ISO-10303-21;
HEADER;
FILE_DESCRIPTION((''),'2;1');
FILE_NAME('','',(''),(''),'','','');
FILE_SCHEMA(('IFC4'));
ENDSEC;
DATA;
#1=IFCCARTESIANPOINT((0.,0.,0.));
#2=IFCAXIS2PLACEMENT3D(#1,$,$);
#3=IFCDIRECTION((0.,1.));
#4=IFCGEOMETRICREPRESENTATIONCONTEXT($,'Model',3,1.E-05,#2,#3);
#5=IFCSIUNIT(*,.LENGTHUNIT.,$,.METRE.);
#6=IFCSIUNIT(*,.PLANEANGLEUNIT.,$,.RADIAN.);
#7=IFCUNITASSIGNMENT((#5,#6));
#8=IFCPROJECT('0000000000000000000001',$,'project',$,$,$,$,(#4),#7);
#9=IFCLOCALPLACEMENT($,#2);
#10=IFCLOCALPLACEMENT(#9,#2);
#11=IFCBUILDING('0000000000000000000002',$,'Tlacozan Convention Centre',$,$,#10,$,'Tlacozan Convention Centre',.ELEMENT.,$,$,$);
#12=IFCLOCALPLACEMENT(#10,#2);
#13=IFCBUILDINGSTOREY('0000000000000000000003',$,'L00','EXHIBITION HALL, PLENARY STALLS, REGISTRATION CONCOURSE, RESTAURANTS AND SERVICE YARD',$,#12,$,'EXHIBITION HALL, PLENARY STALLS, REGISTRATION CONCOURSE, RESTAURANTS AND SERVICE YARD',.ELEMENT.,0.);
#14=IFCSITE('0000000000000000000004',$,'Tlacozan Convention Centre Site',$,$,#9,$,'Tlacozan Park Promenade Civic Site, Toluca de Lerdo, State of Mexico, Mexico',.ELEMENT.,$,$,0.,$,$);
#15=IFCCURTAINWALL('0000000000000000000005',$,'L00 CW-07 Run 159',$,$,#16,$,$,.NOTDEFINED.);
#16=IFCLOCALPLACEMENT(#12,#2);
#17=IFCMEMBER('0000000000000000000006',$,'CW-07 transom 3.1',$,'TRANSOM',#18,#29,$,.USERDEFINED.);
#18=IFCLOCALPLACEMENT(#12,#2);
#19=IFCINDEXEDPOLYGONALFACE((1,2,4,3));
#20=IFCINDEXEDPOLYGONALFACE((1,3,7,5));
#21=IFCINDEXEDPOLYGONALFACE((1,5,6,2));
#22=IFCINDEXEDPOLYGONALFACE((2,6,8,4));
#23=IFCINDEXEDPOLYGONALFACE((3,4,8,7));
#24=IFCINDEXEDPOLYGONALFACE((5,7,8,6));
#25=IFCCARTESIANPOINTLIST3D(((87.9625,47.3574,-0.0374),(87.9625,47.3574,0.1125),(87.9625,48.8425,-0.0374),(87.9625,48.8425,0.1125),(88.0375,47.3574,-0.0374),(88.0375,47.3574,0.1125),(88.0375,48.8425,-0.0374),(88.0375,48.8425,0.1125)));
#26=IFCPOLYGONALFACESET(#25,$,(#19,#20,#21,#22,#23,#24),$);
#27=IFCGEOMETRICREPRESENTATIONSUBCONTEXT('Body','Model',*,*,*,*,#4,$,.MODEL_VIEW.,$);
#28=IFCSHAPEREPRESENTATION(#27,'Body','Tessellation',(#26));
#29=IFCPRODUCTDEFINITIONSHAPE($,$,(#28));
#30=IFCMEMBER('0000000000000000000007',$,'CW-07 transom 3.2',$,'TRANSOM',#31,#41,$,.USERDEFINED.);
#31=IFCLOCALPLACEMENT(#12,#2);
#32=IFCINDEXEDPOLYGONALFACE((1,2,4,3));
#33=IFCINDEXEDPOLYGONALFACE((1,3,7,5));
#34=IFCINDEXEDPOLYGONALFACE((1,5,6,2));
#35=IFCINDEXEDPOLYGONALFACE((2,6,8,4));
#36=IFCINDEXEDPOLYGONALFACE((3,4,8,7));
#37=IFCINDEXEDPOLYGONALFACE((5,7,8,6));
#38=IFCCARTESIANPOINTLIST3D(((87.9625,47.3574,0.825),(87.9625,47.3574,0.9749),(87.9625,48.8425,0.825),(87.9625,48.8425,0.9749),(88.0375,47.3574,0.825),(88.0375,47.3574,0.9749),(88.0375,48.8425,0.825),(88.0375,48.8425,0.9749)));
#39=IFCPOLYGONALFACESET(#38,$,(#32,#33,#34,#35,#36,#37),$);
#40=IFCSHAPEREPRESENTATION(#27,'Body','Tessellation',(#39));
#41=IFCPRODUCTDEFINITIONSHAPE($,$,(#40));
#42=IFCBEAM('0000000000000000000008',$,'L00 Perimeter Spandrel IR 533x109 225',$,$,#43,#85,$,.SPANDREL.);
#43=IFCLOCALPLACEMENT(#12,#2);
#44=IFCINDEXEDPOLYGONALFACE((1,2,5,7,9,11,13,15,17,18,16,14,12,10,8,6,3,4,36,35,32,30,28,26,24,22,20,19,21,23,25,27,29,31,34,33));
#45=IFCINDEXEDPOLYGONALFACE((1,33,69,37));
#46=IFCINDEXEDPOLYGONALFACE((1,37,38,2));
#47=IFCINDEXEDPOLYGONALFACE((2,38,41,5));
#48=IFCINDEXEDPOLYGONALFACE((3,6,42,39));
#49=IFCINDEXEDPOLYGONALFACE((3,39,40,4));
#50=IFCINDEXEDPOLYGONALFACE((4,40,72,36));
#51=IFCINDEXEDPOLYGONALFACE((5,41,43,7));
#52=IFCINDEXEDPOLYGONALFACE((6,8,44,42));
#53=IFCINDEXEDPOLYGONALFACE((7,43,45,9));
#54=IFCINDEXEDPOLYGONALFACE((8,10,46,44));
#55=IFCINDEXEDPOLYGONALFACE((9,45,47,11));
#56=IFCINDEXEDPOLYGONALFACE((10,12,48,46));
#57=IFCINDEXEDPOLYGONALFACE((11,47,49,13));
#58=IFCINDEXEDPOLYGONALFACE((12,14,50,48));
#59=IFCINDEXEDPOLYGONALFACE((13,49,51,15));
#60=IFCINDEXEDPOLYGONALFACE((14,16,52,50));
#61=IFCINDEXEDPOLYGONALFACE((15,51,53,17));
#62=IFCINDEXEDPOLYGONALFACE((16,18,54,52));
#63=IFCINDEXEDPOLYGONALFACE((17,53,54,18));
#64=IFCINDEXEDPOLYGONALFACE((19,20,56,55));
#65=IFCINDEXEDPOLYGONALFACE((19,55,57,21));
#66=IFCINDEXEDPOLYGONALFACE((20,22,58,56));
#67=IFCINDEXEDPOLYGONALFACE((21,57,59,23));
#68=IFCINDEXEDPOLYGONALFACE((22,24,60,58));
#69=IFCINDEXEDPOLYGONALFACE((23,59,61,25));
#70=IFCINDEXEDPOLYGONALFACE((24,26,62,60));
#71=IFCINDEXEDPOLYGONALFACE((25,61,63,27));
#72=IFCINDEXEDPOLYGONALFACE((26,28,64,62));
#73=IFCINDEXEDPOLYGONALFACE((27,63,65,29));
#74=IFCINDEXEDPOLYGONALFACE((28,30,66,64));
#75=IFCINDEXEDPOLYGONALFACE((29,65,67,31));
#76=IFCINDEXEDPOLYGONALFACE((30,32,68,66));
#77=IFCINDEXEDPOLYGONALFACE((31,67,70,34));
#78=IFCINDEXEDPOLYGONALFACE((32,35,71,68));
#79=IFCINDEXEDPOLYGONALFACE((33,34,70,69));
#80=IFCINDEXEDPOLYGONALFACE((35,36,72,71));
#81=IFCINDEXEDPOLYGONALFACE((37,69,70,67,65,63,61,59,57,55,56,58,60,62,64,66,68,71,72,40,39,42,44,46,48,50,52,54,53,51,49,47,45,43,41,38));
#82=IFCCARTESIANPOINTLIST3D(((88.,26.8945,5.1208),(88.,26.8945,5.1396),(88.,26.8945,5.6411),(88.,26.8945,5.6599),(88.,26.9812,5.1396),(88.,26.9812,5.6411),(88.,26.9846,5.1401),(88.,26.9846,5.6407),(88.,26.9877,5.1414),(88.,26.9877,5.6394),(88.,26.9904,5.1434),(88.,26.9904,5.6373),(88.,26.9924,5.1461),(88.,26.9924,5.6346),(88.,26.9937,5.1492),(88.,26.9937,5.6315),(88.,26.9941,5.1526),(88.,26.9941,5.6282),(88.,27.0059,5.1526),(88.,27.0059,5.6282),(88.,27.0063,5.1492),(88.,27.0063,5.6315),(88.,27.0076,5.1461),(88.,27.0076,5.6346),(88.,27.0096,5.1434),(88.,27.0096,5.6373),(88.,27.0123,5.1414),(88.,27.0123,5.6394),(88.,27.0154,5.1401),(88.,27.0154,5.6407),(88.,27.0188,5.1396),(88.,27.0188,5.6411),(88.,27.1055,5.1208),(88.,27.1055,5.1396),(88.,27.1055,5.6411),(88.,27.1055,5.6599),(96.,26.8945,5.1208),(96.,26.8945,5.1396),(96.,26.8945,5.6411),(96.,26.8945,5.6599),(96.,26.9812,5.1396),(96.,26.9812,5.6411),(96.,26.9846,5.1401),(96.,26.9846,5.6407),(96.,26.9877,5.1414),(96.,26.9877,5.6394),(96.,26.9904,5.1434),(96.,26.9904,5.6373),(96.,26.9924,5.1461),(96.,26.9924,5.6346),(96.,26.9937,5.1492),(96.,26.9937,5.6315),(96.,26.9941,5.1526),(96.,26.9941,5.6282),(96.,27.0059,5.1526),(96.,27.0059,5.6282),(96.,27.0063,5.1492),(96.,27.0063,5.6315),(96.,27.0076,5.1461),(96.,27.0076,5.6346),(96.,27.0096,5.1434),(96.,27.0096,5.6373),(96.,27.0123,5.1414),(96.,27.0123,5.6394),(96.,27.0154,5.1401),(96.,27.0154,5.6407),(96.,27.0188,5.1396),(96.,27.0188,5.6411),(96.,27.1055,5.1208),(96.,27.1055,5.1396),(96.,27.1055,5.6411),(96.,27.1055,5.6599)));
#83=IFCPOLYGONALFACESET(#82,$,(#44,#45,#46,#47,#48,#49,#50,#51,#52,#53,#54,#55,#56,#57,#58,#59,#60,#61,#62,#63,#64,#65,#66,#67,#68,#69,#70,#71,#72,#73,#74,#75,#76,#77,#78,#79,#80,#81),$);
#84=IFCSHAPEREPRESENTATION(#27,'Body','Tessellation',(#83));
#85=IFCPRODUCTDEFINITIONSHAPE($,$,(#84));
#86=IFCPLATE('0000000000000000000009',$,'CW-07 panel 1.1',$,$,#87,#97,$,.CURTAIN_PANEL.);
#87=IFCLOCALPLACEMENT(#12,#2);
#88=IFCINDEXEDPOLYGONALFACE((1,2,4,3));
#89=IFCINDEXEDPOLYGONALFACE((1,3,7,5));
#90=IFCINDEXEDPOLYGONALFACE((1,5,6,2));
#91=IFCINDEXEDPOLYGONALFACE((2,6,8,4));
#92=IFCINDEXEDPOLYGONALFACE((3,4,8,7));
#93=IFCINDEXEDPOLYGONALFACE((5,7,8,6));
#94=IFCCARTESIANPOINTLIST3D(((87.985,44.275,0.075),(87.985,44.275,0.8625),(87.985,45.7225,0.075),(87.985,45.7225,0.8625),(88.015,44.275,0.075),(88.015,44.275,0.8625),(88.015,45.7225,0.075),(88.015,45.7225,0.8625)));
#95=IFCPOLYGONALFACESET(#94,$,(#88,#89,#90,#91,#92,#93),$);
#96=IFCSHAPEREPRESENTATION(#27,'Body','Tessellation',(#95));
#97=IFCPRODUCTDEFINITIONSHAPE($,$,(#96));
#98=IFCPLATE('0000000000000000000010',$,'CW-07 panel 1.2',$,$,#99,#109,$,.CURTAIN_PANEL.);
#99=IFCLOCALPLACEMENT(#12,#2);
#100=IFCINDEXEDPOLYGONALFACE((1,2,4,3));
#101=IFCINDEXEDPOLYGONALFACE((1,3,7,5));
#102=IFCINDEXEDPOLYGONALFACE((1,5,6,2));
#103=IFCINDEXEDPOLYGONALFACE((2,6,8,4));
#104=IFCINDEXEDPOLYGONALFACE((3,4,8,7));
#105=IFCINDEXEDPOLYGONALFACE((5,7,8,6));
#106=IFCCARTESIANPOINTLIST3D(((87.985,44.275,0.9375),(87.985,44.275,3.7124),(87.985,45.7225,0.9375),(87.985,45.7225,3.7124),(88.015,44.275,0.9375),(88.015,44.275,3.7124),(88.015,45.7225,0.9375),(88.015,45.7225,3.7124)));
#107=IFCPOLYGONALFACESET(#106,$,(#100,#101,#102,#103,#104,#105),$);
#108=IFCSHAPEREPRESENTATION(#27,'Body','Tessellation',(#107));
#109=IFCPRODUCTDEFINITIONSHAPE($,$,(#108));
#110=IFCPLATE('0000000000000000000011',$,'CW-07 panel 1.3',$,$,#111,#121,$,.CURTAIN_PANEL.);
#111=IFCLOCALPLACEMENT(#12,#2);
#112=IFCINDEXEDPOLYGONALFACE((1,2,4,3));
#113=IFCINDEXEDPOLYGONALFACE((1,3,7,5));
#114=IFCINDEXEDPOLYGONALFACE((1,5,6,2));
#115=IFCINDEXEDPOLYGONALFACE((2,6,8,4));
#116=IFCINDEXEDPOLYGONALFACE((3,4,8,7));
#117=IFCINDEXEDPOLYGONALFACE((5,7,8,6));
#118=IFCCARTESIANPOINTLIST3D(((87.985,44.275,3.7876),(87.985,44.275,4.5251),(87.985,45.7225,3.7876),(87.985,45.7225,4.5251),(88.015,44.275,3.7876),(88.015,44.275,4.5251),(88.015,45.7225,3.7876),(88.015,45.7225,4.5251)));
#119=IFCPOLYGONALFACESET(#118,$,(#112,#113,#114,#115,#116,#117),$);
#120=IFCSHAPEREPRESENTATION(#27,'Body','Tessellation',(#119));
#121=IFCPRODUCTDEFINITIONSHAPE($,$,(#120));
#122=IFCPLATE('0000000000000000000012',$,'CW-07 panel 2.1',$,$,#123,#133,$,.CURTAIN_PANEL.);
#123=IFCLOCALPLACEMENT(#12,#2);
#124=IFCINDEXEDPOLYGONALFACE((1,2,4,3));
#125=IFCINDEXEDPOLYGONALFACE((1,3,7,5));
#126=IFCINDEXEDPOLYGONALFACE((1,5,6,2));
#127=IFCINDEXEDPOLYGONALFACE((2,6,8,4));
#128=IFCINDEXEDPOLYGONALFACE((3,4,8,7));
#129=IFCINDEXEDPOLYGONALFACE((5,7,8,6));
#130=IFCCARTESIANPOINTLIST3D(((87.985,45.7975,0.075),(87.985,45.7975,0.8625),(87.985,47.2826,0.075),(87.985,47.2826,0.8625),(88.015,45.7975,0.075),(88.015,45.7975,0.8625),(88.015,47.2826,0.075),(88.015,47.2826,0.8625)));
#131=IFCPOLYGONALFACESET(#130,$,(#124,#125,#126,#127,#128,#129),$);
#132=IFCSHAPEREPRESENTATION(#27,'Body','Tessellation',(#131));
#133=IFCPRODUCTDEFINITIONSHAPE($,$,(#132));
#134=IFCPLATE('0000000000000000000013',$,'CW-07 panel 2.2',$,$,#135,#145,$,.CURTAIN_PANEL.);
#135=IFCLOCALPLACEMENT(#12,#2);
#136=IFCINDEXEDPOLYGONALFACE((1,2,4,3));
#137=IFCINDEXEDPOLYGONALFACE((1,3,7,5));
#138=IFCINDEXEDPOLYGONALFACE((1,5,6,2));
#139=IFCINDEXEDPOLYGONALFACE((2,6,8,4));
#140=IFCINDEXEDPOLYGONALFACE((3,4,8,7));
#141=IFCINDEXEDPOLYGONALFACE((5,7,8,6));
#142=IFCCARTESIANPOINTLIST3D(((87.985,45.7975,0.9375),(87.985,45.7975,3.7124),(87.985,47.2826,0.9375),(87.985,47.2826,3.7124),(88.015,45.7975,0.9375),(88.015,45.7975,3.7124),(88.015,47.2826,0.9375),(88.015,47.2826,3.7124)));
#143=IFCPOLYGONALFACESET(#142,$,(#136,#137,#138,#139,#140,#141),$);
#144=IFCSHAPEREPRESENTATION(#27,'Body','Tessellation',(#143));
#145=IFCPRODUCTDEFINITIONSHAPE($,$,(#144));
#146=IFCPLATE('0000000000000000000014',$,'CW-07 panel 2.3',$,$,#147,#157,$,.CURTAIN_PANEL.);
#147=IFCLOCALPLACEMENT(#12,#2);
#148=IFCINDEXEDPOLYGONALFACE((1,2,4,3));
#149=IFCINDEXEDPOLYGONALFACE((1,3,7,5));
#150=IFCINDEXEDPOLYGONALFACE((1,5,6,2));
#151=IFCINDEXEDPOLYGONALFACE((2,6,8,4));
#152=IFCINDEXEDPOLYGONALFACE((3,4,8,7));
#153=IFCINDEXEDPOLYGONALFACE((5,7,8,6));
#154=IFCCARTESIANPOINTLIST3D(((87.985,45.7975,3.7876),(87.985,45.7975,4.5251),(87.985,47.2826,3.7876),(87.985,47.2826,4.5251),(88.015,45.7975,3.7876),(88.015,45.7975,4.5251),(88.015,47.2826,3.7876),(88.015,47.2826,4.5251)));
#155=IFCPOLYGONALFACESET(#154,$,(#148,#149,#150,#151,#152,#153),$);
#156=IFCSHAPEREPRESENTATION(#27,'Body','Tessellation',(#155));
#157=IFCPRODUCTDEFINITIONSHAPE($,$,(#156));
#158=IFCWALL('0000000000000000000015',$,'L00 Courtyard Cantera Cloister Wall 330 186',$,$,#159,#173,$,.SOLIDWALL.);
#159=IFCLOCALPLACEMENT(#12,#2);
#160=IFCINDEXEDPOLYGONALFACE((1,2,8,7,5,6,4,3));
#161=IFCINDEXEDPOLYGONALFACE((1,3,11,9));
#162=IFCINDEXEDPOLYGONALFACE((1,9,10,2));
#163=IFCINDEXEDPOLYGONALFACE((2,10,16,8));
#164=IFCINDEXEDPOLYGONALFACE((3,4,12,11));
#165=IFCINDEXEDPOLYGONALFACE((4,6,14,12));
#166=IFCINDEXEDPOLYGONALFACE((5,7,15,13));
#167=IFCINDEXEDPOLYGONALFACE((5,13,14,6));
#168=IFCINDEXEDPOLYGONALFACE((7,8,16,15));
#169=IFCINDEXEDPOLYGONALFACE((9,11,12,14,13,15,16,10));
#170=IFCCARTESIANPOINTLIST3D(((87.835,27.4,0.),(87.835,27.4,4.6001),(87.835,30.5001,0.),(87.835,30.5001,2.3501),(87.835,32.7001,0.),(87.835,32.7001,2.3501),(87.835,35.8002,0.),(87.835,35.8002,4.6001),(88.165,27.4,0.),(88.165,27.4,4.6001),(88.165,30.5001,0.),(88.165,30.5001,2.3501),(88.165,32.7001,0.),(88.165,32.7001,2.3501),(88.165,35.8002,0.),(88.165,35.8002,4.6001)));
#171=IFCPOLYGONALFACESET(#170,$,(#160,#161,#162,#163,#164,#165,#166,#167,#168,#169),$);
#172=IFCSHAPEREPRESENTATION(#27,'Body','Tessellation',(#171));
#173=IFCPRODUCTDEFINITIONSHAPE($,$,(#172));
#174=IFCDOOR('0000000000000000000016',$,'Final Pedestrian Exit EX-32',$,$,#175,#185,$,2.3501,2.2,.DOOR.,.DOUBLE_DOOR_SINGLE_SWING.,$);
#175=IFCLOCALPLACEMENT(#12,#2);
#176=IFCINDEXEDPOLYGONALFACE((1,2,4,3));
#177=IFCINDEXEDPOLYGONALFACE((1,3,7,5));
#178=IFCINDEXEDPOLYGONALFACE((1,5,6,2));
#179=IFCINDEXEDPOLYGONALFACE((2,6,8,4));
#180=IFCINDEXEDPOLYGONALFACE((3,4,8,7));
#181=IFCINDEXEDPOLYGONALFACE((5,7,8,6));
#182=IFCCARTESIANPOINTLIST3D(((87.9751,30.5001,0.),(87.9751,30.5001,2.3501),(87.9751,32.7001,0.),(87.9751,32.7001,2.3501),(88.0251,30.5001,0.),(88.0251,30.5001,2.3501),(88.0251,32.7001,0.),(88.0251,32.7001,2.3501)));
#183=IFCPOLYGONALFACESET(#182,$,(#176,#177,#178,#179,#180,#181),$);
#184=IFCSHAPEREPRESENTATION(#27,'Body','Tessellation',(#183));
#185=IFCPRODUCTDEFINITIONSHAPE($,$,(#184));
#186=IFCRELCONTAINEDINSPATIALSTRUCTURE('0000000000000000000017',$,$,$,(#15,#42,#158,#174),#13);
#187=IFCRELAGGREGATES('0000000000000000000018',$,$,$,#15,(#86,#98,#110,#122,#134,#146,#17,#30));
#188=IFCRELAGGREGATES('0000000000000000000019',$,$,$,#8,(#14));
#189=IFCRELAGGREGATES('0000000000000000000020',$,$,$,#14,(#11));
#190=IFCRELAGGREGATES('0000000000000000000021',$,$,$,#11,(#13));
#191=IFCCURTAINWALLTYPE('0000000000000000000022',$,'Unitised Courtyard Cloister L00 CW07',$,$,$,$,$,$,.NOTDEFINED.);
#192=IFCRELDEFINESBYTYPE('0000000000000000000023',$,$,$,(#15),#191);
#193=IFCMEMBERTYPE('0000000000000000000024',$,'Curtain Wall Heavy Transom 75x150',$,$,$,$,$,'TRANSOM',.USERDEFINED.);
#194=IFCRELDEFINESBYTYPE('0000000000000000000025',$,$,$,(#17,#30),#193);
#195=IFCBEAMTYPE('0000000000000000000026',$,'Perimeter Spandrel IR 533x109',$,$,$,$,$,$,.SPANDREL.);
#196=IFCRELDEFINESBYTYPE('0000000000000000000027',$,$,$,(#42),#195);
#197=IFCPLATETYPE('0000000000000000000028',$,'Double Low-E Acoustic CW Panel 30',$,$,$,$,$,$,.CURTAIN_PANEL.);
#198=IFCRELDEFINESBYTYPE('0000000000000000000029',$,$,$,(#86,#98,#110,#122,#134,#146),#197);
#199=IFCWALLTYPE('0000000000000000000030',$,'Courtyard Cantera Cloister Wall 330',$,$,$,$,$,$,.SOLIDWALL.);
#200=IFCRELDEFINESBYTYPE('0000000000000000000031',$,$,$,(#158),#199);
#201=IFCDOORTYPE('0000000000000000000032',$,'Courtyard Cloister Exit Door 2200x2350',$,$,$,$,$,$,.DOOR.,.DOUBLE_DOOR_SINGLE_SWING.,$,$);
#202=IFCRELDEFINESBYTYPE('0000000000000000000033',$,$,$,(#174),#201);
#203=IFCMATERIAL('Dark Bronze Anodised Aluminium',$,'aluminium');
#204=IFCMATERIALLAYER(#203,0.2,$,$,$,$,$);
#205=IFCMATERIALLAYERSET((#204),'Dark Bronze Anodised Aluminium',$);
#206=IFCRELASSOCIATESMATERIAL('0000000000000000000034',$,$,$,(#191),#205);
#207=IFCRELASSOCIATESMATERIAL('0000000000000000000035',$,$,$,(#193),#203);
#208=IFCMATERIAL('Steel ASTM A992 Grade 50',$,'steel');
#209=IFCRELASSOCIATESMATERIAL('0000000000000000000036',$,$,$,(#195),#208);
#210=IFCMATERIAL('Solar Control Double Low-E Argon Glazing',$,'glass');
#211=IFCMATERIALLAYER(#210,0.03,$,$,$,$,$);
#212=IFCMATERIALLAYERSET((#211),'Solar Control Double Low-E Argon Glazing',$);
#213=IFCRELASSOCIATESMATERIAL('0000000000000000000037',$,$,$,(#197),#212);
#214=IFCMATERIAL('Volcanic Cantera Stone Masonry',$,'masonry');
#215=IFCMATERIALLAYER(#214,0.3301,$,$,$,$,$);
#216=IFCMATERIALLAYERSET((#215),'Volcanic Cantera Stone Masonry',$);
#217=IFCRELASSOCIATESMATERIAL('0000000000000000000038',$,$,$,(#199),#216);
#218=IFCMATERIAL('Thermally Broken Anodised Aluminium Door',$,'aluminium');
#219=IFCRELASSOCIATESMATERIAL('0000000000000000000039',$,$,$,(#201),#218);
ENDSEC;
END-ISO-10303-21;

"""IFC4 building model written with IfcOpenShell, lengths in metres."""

from ifc_helpers import new_model, si_unit, direction, frame, frame_2d, origin, origin_2d, place, context, subcontext, project, spatial, rectangle, i_section, extrude, material, layer, layer_set, material_profile, profile_set, type_object, element, fill, aggregate, save


model = new_model("IFC4")

# Units and contexts
model_context = context("Model", 3, precision=1e-05, world=origin(), true_north=direction((0.0, 1.0)))
body_context = subcontext(model_context, "Body", "Model", "MODEL_VIEW")
ifc_project = project(units=[si_unit("LENGTHUNIT", "METRE"), si_unit("PLANEANGLEUNIT", "RADIAN")], contexts=[model_context])

# Site, building, storey
site_placement = place(None, origin())
site = spatial("IfcSite", under=ifc_project, at=site_placement, Name="Tlacozan Convention Centre Site", LongName="Tlacozan Park Promenade Civic Site, Toluca de Lerdo, State of Mexico, Mexico", CompositionType="ELEMENT", RefElevation=0.0)
building_placement = place(site_placement, origin())
building = spatial("IfcBuilding", under=site, at=building_placement, Name="Tlacozan Convention Centre", LongName="Tlacozan Convention Centre", CompositionType="ELEMENT")
storey_placement = place(building_placement, origin())
storey = spatial("IfcBuildingStorey", under=building, at=storey_placement, Name="L00", Description="EXHIBITION HALL, PLENARY STALLS, REGISTRATION CONCOURSE, RESTAURANTS AND SERVICE YARD", LongName="EXHIBITION HALL, PLENARY STALLS, REGISTRATION CONCOURSE, RESTAURANTS AND SERVICE YARD", CompositionType="ELEMENT", Elevation=0.0)

# Curtain wall, members
ifc_material_1 = material(Name="Dark Bronze Anodised Aluminium", Category="aluminium")
ifc_layer_1 = layer(ifc_material_1, 0.2)
ifc_layer_set_1 = layer_set([ifc_layer_1], Name="Dark Bronze Anodised Aluminium")
curtain_wall_type = type_object("IfcCurtainWallType", Name="Unitised Courtyard Cloister L00 CW07", PredefinedType="NOTDEFINED", material=ifc_layer_set_1)
curtain_wall_placement = place(storey_placement, origin())
curtain_wall = element("IfcCurtainWall", 1, at=curtain_wall_placement, inside=storey, type_object=curtain_wall_type, Name="L00 CW-07 Run 159", PredefinedType="NOTDEFINED")
ifc_material_profile_1 = material_profile(ifc_material_1, rectangle(XDim=0.075, YDim=0.1499, at=origin_2d()), Name="ALU 75x150")
ifc_profile_set_1 = profile_set([ifc_material_profile_1], Name="Dark Bronze Anodised Aluminium")
member_type_1 = type_object("IfcMemberType", Name="Curtain Wall Heavy Transom 75x150", ElementType="TRANSOM", PredefinedType="USERDEFINED", material=ifc_profile_set_1)
member_1_placement = place(storey_placement, frame((88.0, 47.3574, 0.0376), z_axis=(0.0, 1.0, 0.0), x_axis=(-1.0, 0.0, 0.0)))
member_1 = element("IfcMember", 2, at=member_1_placement, type_object=member_type_1, Name="CW-07 transom 3.1", ObjectType="TRANSOM", PredefinedType="USERDEFINED", context=body_context, shape_type="SweptSolid", body=[
    extrude(rectangle(XDim=0.075, YDim=0.1499, at=origin_2d()), origin(), (0.0, 0.0, 1.0), 1.4851),
])
member_2_placement = place(storey_placement, frame((88.0, 47.3574, 0.8999), z_axis=(0.0, 1.0, 0.0), x_axis=(-1.0, 0.0, 0.0)))
member_2 = element("IfcMember", 3, at=member_2_placement, type_object=member_type_1, Name="CW-07 transom 3.2", ObjectType="TRANSOM", PredefinedType="USERDEFINED", context=body_context, shape_type="SweptSolid", body=[
    extrude(rectangle(XDim=0.075, YDim=0.1499, at=origin_2d()), origin(), (0.0, 0.0, 1.0), 1.4851),
])

# Beam
ifc_material_2 = material(Name="Steel ASTM A992 Grade 50", Category="steel")
ifc_material_profile_2 = material_profile(ifc_material_2, i_section(OverallWidth=0.2109, OverallDepth=0.5391, WebThickness=0.0117, FlangeThickness=0.0188, FilletRadius=0.0129, at=origin_2d()), Name="IR 533x109.0")
ifc_profile_set_2 = profile_set([ifc_material_profile_2], Name="Steel ASTM A992 Grade 50")
beam_type = type_object("IfcBeamType", Name="Perimeter Spandrel IR 533x109", PredefinedType="SPANDREL", material=ifc_profile_set_2)
beam_placement = place(storey_placement, frame((88.0, 27.0, 5.3904), z_axis=(1.0, 0.0, 0.0), x_axis=(0.0, 1.0, 0.0)))
element("IfcBeam", 4, at=beam_placement, inside=storey, type_object=beam_type, Name="L00 Perimeter Spandrel IR 533x109 225", PredefinedType="SPANDREL", context=body_context, shape_type="SweptSolid", body=[
    extrude(i_section(OverallWidth=0.2109, OverallDepth=0.5391, WebThickness=0.0117, FlangeThickness=0.0188, FilletRadius=0.0129, at=origin_2d()), origin(), (0.0, 0.0, 1.0), 8.0),
])

# Plates
ifc_material_3 = material(Name="Solar Control Double Low-E Argon Glazing", Category="glass")
ifc_layer_2 = layer(ifc_material_3, 0.03)
ifc_layer_set_2 = layer_set([ifc_layer_2], Name="Solar Control Double Low-E Argon Glazing")
plate_type = type_object("IfcPlateType", Name="Double Low-E Acoustic CW Panel 30", PredefinedType="CURTAIN_PANEL", material=ifc_layer_set_2)
plate_1_placement = place(storey_placement, frame((88.0, 44.9988, 0.075), z_axis=(0.0, 0.0, 1.0), x_axis=(0.0, 1.0, 0.0)))
plate_1 = element("IfcPlate", 5, at=plate_1_placement, type_object=plate_type, Name="CW-07 panel 1.1", PredefinedType="CURTAIN_PANEL", context=body_context, shape_type="SweptSolid", body=[
    extrude(rectangle(XDim=1.4475, YDim=0.03, at=origin_2d()), origin(), (0.0, 0.0, 1.0), 0.7876),
])
plate_2_placement = place(storey_placement, frame((88.0, 44.9988, 0.9375), z_axis=(0.0, 0.0, 1.0), x_axis=(0.0, 1.0, 0.0)))
plate_2 = element("IfcPlate", 6, at=plate_2_placement, type_object=plate_type, Name="CW-07 panel 1.2", PredefinedType="CURTAIN_PANEL", context=body_context, shape_type="SweptSolid", body=[
    extrude(rectangle(XDim=1.4475, YDim=0.03, at=origin_2d()), origin(), (0.0, 0.0, 1.0), 2.7749),
])
plate_3_placement = place(storey_placement, frame((88.0, 44.9988, 3.7876), z_axis=(0.0, 0.0, 1.0), x_axis=(0.0, 1.0, 0.0)))
plate_3 = element("IfcPlate", 7, at=plate_3_placement, type_object=plate_type, Name="CW-07 panel 1.3", PredefinedType="CURTAIN_PANEL", context=body_context, shape_type="SweptSolid", body=[
    extrude(rectangle(XDim=1.4475, YDim=0.03, at=origin_2d()), origin(), (0.0, 0.0, 1.0), 0.7375),
])
plate_4_placement = place(storey_placement, frame((88.0, 46.54, 0.075), z_axis=(0.0, 0.0, 1.0), x_axis=(0.0, 1.0, 0.0)))
plate_4 = element("IfcPlate", 8, at=plate_4_placement, type_object=plate_type, Name="CW-07 panel 2.1", PredefinedType="CURTAIN_PANEL", context=body_context, shape_type="SweptSolid", body=[
    extrude(rectangle(XDim=1.4851, YDim=0.03, at=origin_2d()), origin(), (0.0, 0.0, 1.0), 0.7876),
])
plate_5_placement = place(storey_placement, frame((88.0, 46.54, 0.9375), z_axis=(0.0, 0.0, 1.0), x_axis=(0.0, 1.0, 0.0)))
plate_5 = element("IfcPlate", 9, at=plate_5_placement, type_object=plate_type, Name="CW-07 panel 2.2", PredefinedType="CURTAIN_PANEL", context=body_context, shape_type="SweptSolid", body=[
    extrude(rectangle(XDim=1.4851, YDim=0.03, at=origin_2d()), origin(), (0.0, 0.0, 1.0), 2.7749),
])
plate_6_placement = place(storey_placement, frame((88.0, 46.54, 3.7876), z_axis=(0.0, 0.0, 1.0), x_axis=(0.0, 1.0, 0.0)))
plate_6 = element("IfcPlate", 10, at=plate_6_placement, type_object=plate_type, Name="CW-07 panel 2.3", PredefinedType="CURTAIN_PANEL", context=body_context, shape_type="SweptSolid", body=[
    extrude(rectangle(XDim=1.4851, YDim=0.03, at=origin_2d()), origin(), (0.0, 0.0, 1.0), 0.7375),
])
aggregate(curtain_wall, [plate_1, plate_2, plate_3, plate_4, plate_5, plate_6, member_1, member_2])

# Wall, opening, door
ifc_material_4 = material(Name="Volcanic Cantera Stone Masonry", Category="masonry")
ifc_layer_3 = layer(ifc_material_4, 0.3301)
ifc_layer_set_3 = layer_set([ifc_layer_3], Name="Volcanic Cantera Stone Masonry")
wall_type = type_object("IfcWallType", Name="Courtyard Cantera Cloister Wall 330", PredefinedType="SOLIDWALL", material=ifc_layer_set_3)
wall_1_placement = place(storey_placement, frame((88.0, 27.3999, 0.0), z_axis=(0.0, 0.0, 1.0), x_axis=(0.0, 1.0, 0.0)))
wall_1 = element("IfcWall", 11, at=wall_1_placement, inside=storey, type_object=wall_type, Name="L00 Courtyard Cantera Cloister Wall 330 186", PredefinedType="SOLIDWALL", context=body_context, shape_type="SweptSolid", body=[
    extrude(rectangle(XDim=8.4001, YDim=0.3301, at=frame_2d((4.2002, 0.0))), origin(), (0.0, 0.0, 1.0), 4.6001),
])
opening_1_placement = place(wall_1_placement, frame((3.1001, 0.0, 0.0)))
opening_1 = element("IfcOpeningElement", 12, at=opening_1_placement, cuts=wall_1, PredefinedType="OPENING", context=body_context, shape_type="SweptSolid", body=[
    extrude(rectangle(XDim=2.2, YDim=2.3501, at=frame_2d((1.1001, 1.175))), frame((0.0, 0.175, 0.0), z_axis=(0.0, -1.0, 0.0), x_axis=(1.0, 0.0, 0.0)), (0.0, 0.0, 1.0), 0.3501),
])
ifc_material_5 = material(Name="Thermally Broken Anodised Aluminium Door", Category="aluminium")
door_type = type_object("IfcDoorType", Name="Courtyard Cloister Exit Door 2200x2350", OperationType="DOUBLE_DOOR_SINGLE_SWING", PredefinedType="DOOR", material=ifc_material_5)
door_1_placement = place(opening_1_placement, origin())
door_1 = element("IfcDoor", 13, at=door_1_placement, inside=storey, type_object=door_type, Name="Final Pedestrian Exit EX-32", OperationType="DOUBLE_DOOR_SINGLE_SWING", OverallHeight=2.3501, OverallWidth=2.2, PredefinedType="DOOR", context=body_context, shape_type="SweptSolid", body=[
    extrude(rectangle(XDim=2.2, YDim=2.3501, at=frame_2d((1.1001, 1.175))), frame((0.0, 0.0249, 0.0), z_axis=(0.0, -1.0, 0.0), x_axis=(1.0, 0.0, 0.0)), (0.0, 0.0, 1.0), 0.05),
])
fill(opening_1, door_1)

save(model, "model.ifc")
